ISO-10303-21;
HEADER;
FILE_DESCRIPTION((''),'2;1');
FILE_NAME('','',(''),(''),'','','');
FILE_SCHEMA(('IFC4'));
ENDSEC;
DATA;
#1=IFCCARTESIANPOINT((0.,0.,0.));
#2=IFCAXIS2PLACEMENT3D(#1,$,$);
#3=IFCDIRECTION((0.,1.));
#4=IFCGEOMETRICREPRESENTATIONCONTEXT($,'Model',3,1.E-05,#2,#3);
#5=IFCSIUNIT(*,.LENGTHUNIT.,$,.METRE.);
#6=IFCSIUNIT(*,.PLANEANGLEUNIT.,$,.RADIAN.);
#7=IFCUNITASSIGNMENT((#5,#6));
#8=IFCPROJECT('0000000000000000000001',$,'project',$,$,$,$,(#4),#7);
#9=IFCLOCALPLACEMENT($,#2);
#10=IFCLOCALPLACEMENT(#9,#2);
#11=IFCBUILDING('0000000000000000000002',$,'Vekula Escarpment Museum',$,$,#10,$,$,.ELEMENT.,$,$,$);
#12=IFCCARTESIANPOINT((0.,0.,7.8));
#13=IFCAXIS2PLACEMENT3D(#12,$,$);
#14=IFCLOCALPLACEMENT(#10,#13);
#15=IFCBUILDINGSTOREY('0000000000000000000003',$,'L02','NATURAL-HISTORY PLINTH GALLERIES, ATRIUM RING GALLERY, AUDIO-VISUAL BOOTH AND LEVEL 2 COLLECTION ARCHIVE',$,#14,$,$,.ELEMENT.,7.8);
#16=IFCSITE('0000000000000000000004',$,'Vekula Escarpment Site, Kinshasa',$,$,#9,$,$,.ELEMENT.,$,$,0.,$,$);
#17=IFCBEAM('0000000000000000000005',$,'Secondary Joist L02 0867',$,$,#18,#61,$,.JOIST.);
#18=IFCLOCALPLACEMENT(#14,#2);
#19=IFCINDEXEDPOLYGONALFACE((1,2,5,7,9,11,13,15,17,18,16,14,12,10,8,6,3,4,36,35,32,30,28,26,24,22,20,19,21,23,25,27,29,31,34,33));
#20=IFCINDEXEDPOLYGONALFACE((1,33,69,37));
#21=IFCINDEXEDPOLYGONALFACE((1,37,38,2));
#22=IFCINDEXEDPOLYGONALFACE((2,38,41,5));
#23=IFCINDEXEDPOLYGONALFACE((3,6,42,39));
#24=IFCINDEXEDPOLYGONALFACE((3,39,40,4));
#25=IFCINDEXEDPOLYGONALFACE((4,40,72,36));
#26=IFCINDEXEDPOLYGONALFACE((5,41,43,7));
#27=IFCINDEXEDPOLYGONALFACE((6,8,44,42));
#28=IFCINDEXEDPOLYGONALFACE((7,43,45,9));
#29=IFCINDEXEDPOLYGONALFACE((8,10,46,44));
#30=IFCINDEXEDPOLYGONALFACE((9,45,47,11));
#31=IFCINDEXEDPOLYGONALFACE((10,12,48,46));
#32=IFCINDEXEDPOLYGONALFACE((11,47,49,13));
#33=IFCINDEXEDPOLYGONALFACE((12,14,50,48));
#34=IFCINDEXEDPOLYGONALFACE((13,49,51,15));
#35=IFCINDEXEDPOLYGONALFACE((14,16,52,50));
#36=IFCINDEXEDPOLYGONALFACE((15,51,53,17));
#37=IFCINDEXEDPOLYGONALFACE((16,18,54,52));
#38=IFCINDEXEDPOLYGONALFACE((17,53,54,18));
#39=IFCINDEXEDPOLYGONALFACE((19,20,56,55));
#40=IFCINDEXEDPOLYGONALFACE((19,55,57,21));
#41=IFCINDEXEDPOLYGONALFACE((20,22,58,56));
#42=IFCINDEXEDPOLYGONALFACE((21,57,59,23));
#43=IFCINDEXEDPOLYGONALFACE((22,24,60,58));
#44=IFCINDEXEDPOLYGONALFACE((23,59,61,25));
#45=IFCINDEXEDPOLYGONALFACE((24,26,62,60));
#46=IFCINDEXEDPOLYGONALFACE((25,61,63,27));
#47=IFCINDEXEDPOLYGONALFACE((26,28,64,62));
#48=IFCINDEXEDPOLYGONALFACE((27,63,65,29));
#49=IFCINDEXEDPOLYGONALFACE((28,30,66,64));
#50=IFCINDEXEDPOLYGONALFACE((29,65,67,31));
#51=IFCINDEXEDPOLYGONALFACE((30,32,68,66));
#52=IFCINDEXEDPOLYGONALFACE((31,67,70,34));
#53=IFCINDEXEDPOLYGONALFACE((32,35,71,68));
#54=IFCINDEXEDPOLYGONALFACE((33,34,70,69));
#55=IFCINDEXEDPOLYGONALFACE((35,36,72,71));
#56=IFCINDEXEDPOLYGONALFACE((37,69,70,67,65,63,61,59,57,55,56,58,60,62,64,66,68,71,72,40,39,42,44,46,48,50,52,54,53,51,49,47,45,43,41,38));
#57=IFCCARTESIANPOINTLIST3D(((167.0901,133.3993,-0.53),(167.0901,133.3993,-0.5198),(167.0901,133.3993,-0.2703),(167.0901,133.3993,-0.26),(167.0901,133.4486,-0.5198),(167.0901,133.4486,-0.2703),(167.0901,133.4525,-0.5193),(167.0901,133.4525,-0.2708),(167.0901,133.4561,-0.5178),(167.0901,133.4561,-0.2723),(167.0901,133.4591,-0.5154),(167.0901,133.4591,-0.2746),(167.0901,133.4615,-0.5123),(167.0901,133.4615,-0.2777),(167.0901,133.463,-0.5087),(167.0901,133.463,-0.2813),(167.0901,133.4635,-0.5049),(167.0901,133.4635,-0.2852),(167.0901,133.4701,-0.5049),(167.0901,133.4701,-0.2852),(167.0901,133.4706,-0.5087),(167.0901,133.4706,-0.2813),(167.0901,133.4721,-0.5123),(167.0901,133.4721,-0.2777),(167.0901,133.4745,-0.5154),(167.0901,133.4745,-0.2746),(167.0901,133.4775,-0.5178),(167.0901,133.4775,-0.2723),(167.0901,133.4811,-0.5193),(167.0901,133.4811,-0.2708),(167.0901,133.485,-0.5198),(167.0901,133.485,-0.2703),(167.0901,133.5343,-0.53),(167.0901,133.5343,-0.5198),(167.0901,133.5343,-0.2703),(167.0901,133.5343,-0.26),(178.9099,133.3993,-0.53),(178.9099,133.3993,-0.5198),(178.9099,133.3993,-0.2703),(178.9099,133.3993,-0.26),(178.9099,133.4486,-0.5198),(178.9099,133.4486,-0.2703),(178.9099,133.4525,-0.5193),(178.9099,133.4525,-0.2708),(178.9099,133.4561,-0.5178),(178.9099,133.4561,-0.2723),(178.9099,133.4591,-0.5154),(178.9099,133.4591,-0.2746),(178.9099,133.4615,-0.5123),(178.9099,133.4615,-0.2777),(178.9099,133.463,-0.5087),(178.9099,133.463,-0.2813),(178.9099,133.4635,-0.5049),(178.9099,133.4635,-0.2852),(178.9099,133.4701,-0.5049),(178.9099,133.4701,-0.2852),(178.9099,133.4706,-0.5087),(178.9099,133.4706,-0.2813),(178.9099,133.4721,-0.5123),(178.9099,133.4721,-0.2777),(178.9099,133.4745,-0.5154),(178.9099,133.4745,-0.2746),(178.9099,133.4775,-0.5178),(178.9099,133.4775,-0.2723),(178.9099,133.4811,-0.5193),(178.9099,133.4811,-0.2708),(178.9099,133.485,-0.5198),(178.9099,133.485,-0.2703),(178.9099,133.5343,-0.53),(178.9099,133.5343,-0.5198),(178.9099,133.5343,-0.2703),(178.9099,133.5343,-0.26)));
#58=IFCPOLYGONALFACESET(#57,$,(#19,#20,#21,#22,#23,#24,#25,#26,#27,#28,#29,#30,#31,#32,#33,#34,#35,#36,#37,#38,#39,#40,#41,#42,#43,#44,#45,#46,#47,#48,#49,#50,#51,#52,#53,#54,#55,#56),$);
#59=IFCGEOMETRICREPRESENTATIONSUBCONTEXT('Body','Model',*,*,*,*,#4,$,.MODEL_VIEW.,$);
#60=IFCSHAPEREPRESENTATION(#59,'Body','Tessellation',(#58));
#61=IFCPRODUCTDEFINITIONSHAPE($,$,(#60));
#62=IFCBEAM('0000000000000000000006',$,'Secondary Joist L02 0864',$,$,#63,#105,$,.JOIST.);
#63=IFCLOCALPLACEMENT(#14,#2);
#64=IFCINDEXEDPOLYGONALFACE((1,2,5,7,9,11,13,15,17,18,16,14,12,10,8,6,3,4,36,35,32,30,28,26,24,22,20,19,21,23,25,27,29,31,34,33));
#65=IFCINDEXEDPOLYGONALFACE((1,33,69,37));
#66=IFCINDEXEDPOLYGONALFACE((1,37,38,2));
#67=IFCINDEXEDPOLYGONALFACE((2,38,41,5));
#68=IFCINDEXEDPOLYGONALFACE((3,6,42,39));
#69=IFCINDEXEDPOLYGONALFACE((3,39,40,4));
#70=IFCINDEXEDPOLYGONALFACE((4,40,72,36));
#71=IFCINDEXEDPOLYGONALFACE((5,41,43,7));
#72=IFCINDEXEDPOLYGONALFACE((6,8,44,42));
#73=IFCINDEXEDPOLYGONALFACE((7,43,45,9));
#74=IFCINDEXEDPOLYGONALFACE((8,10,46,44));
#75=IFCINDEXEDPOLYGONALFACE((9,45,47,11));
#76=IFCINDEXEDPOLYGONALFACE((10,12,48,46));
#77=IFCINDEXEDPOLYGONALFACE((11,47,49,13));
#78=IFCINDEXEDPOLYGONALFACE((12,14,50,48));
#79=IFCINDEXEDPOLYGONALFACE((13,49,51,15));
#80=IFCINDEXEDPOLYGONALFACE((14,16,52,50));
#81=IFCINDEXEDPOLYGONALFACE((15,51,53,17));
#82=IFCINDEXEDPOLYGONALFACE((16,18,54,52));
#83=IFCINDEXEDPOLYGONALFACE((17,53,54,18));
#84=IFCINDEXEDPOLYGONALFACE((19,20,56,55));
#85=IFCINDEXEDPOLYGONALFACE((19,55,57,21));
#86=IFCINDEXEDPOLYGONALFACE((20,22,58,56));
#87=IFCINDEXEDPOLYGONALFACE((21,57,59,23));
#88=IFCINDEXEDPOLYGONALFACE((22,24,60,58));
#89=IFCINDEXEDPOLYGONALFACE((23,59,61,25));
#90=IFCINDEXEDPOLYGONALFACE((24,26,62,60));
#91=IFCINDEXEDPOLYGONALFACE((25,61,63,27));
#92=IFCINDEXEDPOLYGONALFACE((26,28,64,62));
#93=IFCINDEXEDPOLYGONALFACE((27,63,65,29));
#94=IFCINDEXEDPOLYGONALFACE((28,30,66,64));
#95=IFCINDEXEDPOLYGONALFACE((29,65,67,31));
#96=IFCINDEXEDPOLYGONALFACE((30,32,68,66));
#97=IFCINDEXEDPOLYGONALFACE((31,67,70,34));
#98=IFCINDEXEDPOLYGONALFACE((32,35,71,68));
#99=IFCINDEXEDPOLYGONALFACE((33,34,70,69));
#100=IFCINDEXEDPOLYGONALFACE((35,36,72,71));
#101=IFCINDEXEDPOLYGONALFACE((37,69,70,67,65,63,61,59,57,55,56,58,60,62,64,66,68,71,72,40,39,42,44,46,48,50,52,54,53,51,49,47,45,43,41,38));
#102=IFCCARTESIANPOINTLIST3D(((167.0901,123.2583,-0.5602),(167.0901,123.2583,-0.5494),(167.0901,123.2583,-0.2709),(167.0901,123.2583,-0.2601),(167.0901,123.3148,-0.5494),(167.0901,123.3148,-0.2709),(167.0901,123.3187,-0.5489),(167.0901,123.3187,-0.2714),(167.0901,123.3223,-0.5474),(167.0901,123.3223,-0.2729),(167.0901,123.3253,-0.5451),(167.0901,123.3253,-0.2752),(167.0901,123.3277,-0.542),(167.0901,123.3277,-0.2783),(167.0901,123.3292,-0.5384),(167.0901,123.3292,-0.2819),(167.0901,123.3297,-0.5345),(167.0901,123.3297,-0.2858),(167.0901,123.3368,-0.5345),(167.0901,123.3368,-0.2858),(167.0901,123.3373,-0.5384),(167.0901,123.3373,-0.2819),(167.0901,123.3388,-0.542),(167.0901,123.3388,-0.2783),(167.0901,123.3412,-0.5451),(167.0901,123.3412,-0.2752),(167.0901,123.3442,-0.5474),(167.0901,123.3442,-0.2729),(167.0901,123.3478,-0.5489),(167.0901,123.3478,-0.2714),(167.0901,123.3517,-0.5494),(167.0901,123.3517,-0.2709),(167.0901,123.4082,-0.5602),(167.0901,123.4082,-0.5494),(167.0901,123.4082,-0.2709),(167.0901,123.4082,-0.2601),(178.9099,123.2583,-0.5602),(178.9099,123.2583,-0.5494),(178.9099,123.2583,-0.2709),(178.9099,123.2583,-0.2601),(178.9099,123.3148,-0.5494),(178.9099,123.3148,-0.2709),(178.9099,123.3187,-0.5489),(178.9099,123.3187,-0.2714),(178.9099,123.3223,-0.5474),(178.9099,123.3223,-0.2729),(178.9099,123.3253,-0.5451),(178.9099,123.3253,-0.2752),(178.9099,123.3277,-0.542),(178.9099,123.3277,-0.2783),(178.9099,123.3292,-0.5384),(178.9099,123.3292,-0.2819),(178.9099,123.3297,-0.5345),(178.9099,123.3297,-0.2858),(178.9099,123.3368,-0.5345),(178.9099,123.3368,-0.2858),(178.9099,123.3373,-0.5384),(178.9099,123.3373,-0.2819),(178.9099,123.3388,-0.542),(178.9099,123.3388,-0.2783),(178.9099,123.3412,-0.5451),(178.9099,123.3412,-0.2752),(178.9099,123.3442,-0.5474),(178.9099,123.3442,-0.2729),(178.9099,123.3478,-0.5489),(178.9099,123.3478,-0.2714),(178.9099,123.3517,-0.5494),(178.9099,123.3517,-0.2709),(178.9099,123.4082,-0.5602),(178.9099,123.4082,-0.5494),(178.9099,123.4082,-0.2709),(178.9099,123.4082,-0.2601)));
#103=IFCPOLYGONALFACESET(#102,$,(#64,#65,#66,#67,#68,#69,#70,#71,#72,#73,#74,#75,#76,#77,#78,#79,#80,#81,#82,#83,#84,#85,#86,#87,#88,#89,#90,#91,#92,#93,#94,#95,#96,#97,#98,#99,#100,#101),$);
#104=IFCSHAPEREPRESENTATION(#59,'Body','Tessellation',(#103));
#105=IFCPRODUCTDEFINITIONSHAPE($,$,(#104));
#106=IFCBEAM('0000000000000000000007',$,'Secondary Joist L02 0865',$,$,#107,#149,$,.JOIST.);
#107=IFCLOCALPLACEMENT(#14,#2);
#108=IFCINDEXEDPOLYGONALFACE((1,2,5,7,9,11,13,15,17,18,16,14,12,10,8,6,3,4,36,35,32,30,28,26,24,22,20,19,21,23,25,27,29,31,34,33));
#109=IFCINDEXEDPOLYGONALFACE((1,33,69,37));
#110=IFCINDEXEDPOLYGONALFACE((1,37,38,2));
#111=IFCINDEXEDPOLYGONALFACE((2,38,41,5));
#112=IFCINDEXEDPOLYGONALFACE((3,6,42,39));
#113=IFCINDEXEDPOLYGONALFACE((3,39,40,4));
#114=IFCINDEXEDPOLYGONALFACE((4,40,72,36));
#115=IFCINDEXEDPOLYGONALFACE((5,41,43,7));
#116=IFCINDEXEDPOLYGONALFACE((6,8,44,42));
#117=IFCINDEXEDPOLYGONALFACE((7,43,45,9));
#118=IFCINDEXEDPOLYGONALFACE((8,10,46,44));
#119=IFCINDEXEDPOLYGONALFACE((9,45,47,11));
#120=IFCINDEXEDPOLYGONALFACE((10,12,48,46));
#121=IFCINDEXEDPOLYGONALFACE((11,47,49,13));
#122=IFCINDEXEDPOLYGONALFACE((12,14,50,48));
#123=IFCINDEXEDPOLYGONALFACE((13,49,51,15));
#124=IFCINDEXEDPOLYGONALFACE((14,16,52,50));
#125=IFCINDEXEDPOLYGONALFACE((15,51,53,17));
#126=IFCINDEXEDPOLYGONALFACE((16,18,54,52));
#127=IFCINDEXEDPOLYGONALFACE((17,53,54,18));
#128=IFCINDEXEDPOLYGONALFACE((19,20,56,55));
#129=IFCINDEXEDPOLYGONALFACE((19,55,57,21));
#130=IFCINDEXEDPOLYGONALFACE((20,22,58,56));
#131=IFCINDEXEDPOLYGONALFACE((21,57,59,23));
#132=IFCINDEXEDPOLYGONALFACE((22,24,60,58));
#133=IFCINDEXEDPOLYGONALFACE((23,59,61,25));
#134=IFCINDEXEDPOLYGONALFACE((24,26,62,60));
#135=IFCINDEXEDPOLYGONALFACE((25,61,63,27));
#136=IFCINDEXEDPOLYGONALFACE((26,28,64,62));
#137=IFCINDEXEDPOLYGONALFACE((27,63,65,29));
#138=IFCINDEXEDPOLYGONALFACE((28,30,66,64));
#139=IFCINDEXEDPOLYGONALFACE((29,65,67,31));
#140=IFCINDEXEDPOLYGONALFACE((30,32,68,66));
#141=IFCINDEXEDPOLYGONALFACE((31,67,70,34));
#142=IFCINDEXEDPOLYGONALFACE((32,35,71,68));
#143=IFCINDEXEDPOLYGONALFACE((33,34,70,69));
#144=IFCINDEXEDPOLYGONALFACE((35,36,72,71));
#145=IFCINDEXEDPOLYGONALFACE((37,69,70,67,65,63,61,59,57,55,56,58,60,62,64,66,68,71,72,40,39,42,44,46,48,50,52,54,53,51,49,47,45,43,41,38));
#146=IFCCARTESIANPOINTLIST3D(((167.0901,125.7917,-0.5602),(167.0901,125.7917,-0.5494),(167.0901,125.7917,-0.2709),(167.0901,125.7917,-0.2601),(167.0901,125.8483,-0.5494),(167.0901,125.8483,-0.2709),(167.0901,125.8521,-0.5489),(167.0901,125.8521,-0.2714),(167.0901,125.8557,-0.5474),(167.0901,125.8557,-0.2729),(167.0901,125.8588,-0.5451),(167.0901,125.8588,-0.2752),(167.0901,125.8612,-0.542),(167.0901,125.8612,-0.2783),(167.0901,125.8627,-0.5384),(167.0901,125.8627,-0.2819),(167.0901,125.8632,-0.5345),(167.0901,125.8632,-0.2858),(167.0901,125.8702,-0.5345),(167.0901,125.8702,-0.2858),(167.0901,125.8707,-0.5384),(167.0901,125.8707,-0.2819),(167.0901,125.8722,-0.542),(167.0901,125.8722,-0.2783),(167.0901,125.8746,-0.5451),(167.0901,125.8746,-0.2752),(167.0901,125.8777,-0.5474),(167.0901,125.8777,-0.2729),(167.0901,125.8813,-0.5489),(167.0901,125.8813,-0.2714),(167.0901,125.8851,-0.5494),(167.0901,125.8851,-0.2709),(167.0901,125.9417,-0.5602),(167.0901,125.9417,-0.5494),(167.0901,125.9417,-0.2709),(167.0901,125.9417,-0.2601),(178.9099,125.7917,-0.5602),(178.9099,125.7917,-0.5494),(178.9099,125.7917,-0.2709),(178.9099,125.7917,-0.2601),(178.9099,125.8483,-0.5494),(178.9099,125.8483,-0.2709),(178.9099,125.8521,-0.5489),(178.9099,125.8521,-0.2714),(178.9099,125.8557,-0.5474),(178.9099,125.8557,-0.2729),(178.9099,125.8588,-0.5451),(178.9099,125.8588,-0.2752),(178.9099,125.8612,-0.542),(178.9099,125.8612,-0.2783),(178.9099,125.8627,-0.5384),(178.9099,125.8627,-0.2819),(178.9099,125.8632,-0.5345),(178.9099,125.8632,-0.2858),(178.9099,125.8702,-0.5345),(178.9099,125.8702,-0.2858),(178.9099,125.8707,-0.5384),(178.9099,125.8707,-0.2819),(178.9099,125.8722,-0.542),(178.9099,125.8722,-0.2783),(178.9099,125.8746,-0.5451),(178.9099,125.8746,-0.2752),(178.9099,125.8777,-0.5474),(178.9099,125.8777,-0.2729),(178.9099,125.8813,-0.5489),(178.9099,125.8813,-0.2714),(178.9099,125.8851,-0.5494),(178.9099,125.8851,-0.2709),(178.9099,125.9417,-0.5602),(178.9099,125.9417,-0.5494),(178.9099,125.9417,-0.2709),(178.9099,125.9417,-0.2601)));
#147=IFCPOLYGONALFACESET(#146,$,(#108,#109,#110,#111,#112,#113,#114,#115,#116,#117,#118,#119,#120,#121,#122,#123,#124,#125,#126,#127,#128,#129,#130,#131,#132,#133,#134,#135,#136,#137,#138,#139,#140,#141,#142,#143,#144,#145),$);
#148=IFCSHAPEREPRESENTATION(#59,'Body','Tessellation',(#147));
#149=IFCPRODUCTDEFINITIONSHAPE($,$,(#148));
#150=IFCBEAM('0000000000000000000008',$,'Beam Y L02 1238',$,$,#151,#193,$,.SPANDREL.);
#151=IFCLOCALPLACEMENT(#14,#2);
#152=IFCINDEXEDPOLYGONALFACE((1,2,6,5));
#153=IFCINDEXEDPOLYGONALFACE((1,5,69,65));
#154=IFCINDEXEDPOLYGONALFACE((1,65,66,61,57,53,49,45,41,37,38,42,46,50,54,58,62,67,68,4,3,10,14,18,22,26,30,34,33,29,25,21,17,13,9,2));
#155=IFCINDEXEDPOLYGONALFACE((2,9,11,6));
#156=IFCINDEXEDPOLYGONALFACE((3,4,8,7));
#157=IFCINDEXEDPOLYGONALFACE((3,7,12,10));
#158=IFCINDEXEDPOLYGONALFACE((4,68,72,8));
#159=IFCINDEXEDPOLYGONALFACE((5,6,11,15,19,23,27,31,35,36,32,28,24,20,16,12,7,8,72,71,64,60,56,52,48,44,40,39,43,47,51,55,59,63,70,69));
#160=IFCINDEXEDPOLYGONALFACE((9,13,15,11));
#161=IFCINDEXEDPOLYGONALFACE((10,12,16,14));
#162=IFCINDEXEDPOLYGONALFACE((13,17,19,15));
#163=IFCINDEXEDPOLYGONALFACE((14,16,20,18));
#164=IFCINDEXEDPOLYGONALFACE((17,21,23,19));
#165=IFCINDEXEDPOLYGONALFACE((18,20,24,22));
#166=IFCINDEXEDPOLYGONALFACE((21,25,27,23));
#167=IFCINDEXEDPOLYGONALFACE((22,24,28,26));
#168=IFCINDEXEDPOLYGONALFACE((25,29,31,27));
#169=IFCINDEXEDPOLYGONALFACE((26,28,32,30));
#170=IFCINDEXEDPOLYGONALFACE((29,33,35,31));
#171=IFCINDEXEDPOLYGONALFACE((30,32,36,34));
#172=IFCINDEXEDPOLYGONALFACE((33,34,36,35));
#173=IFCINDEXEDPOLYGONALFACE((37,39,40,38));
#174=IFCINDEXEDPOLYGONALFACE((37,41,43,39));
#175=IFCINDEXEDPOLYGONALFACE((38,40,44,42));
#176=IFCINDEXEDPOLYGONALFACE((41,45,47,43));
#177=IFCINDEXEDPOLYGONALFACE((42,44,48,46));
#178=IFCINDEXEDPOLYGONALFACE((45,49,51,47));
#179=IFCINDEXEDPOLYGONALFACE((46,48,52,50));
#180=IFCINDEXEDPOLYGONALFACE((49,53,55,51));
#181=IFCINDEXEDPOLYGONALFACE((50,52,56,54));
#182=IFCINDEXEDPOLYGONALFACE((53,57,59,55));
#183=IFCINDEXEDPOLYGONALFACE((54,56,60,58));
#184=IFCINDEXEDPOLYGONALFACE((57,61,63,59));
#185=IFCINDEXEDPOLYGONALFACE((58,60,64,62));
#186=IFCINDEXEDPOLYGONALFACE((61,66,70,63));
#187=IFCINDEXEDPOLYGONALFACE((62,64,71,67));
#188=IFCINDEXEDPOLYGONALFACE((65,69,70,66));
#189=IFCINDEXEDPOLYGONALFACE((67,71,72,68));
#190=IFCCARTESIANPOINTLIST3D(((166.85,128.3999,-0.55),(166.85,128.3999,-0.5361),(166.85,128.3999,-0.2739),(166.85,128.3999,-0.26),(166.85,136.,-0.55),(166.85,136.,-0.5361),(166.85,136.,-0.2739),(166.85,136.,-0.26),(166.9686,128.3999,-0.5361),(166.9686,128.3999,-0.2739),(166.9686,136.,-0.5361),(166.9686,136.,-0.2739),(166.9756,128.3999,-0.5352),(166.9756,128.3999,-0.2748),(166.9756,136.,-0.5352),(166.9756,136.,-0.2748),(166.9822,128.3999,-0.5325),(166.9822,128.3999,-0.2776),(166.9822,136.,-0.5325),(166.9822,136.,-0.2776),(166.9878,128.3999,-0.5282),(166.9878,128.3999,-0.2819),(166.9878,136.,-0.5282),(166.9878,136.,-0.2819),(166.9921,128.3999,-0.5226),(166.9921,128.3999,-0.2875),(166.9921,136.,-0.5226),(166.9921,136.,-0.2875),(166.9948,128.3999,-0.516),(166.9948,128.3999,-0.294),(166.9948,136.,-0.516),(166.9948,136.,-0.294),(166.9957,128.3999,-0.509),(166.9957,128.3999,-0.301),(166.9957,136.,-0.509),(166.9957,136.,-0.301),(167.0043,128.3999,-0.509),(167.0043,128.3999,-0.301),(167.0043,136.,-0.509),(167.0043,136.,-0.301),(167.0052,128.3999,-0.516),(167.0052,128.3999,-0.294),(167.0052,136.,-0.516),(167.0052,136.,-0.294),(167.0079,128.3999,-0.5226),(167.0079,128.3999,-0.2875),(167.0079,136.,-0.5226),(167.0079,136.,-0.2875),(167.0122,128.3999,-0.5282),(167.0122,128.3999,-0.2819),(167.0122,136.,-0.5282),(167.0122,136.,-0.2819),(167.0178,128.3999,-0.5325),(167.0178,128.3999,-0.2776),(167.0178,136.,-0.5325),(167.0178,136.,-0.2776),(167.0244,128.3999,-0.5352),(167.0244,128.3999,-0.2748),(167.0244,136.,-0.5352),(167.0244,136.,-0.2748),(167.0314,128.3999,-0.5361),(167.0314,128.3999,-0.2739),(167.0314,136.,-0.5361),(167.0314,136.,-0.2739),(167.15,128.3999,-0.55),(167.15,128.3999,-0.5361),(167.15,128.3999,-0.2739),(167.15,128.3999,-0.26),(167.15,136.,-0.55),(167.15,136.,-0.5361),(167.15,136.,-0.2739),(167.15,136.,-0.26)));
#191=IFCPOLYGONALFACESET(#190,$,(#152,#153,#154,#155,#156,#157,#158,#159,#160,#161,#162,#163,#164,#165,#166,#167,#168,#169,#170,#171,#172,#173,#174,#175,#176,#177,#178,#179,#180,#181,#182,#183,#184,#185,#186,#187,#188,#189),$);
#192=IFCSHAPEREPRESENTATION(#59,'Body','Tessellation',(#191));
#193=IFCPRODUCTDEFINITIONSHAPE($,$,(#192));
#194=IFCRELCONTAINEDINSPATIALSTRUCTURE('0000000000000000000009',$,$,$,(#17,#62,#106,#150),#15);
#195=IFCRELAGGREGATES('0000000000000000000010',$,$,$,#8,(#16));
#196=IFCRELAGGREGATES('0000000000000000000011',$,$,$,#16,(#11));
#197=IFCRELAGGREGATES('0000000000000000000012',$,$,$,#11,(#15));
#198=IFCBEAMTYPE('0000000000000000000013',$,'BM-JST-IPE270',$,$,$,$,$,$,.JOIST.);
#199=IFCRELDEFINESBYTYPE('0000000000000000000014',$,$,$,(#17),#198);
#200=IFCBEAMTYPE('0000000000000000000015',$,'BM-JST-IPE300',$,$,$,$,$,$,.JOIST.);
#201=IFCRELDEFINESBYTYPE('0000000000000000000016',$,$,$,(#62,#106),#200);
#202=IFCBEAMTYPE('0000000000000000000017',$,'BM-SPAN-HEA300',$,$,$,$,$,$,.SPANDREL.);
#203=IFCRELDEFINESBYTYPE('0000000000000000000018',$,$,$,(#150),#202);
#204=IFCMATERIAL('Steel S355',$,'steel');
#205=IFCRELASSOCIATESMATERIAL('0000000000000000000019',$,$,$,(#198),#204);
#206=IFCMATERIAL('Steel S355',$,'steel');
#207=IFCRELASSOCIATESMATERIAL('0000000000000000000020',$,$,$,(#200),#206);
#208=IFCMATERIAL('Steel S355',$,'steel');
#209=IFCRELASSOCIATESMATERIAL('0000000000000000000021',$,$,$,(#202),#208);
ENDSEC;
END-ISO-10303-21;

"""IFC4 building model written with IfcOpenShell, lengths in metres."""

from ifc_helpers import new_model, si_unit, direction, frame, origin, origin_2d, place, context, subcontext, project, spatial, i_section, extrude, material, material_profile, profile_set, type_object, element, save


model = new_model("IFC4")

# Units and contexts
model_context = context("Model", 3, precision=1e-05, world=origin(), true_north=direction((0.0, 1.0)))
body_context = subcontext(model_context, "Body", "Model", "MODEL_VIEW")
ifc_project = project(units=[si_unit("LENGTHUNIT", "METRE"), si_unit("PLANEANGLEUNIT", "RADIAN")], contexts=[model_context])

# Site, building, storey
site_placement = place(None, origin())
site = spatial("IfcSite", under=ifc_project, at=site_placement, Name="Vekula Escarpment Site, Kinshasa", CompositionType="ELEMENT", RefElevation=0.0)
building_placement = place(site_placement, origin())
building = spatial("IfcBuilding", under=site, at=building_placement, Name="Vekula Escarpment Museum", CompositionType="ELEMENT")
storey_placement = place(building_placement, frame((0.0, 0.0, 7.8)))
storey = spatial("IfcBuildingStorey", under=building, at=storey_placement, Name="L02", Description="NATURAL-HISTORY PLINTH GALLERIES, ATRIUM RING GALLERY, AUDIO-VISUAL BOOTH AND LEVEL 2 COLLECTION ARCHIVE", CompositionType="ELEMENT", Elevation=7.8)

# Beams
ifc_material_1 = material(Name="Steel S355", Category="steel")
ifc_material_profile_1 = material_profile(ifc_material_1, i_section(OverallWidth=0.135, OverallDepth=0.27, WebThickness=0.0066, FlangeThickness=0.0103, FilletRadius=0.0149, at=origin_2d()), Name="IPE 270")
ifc_profile_set_1 = profile_set([ifc_material_profile_1], Name="Steel S355")
beam_type_1 = type_object("IfcBeamType", Name="BM-JST-IPE270", PredefinedType="JOIST", material=ifc_profile_set_1)
for number, where, z_axis, x_axis, name in (
    (1, (167.0901, 133.4668, -0.395), (1.0, 0.0, 0.0), (0.0, 1.0, 0.0), "Secondary Joist L02 0867"),
):
    element("IfcBeam", number, at=place(storey_placement, frame(where, z_axis=z_axis, x_axis=x_axis)), inside=storey, type_object=beam_type_1, Name=name, PredefinedType="JOIST", context=body_context, shape_type="SweptSolid", body=[
        extrude(i_section(OverallWidth=0.135, OverallDepth=0.27, WebThickness=0.0066, FlangeThickness=0.0103, FilletRadius=0.0149, at=origin_2d()), origin(), (0.0, 0.0, 1.0), 11.8198),
    ])
ifc_material_2 = material(Name="Steel S355", Category="steel")
ifc_material_profile_2 = material_profile(ifc_material_2, i_section(OverallWidth=0.1499, OverallDepth=0.3, WebThickness=0.0071, FlangeThickness=0.0107, FilletRadius=0.0149, at=origin_2d()), Name="IPE 300")
ifc_profile_set_2 = profile_set([ifc_material_profile_2], Name="Steel S355")
beam_type_2 = type_object("IfcBeamType", Name="BM-JST-IPE300", PredefinedType="JOIST", material=ifc_profile_set_2)
for number, where, z_axis, x_axis, name in (
    (2, (167.0901, 123.3333, -0.4102), (1.0, 0.0, 0.0), (0.0, 1.0, 0.0), "Secondary Joist L02 0864"),
    (3, (167.0901, 125.8667, -0.4102), (1.0, 0.0, 0.0), (0.0, 1.0, 0.0), "Secondary Joist L02 0865"),
):
    element("IfcBeam", number, at=place(storey_placement, frame(where, z_axis=z_axis, x_axis=x_axis)), inside=storey, type_object=beam_type_2, Name=name, PredefinedType="JOIST", context=body_context, shape_type="SweptSolid", body=[
        extrude(i_section(OverallWidth=0.1499, OverallDepth=0.3, WebThickness=0.0071, FlangeThickness=0.0107, FilletRadius=0.0149, at=origin_2d()), origin(), (0.0, 0.0, 1.0), 11.8198),
    ])
ifc_material_3 = material(Name="Steel S355", Category="steel")
ifc_material_profile_3 = material_profile(ifc_material_3, i_section(OverallWidth=0.3, OverallDepth=0.29, WebThickness=0.0085, FlangeThickness=0.0139, FilletRadius=0.0271, at=origin_2d()), Name="HEA 300")
ifc_profile_set_3 = profile_set([ifc_material_profile_3], Name="Steel S355")
beam_type_3 = type_object("IfcBeamType", Name="BM-SPAN-HEA300", PredefinedType="SPANDREL", material=ifc_profile_set_3)
beam_1_placement = place(storey_placement, frame((167.0, 128.3999, -0.405), z_axis=(0.0, 1.0, 0.0), x_axis=(-1.0, 0.0, 0.0)))
element("IfcBeam", 4, at=beam_1_placement, inside=storey, type_object=beam_type_3, Name="Beam Y L02 1238", PredefinedType="SPANDREL", context=body_context, shape_type="SweptSolid", body=[
    extrude(i_section(OverallWidth=0.3, OverallDepth=0.29, WebThickness=0.0085, FlangeThickness=0.0139, FilletRadius=0.0271, at=origin_2d()), origin(), (0.0, 0.0, 1.0), 7.6001),
])

save(model, "model.ifc")
